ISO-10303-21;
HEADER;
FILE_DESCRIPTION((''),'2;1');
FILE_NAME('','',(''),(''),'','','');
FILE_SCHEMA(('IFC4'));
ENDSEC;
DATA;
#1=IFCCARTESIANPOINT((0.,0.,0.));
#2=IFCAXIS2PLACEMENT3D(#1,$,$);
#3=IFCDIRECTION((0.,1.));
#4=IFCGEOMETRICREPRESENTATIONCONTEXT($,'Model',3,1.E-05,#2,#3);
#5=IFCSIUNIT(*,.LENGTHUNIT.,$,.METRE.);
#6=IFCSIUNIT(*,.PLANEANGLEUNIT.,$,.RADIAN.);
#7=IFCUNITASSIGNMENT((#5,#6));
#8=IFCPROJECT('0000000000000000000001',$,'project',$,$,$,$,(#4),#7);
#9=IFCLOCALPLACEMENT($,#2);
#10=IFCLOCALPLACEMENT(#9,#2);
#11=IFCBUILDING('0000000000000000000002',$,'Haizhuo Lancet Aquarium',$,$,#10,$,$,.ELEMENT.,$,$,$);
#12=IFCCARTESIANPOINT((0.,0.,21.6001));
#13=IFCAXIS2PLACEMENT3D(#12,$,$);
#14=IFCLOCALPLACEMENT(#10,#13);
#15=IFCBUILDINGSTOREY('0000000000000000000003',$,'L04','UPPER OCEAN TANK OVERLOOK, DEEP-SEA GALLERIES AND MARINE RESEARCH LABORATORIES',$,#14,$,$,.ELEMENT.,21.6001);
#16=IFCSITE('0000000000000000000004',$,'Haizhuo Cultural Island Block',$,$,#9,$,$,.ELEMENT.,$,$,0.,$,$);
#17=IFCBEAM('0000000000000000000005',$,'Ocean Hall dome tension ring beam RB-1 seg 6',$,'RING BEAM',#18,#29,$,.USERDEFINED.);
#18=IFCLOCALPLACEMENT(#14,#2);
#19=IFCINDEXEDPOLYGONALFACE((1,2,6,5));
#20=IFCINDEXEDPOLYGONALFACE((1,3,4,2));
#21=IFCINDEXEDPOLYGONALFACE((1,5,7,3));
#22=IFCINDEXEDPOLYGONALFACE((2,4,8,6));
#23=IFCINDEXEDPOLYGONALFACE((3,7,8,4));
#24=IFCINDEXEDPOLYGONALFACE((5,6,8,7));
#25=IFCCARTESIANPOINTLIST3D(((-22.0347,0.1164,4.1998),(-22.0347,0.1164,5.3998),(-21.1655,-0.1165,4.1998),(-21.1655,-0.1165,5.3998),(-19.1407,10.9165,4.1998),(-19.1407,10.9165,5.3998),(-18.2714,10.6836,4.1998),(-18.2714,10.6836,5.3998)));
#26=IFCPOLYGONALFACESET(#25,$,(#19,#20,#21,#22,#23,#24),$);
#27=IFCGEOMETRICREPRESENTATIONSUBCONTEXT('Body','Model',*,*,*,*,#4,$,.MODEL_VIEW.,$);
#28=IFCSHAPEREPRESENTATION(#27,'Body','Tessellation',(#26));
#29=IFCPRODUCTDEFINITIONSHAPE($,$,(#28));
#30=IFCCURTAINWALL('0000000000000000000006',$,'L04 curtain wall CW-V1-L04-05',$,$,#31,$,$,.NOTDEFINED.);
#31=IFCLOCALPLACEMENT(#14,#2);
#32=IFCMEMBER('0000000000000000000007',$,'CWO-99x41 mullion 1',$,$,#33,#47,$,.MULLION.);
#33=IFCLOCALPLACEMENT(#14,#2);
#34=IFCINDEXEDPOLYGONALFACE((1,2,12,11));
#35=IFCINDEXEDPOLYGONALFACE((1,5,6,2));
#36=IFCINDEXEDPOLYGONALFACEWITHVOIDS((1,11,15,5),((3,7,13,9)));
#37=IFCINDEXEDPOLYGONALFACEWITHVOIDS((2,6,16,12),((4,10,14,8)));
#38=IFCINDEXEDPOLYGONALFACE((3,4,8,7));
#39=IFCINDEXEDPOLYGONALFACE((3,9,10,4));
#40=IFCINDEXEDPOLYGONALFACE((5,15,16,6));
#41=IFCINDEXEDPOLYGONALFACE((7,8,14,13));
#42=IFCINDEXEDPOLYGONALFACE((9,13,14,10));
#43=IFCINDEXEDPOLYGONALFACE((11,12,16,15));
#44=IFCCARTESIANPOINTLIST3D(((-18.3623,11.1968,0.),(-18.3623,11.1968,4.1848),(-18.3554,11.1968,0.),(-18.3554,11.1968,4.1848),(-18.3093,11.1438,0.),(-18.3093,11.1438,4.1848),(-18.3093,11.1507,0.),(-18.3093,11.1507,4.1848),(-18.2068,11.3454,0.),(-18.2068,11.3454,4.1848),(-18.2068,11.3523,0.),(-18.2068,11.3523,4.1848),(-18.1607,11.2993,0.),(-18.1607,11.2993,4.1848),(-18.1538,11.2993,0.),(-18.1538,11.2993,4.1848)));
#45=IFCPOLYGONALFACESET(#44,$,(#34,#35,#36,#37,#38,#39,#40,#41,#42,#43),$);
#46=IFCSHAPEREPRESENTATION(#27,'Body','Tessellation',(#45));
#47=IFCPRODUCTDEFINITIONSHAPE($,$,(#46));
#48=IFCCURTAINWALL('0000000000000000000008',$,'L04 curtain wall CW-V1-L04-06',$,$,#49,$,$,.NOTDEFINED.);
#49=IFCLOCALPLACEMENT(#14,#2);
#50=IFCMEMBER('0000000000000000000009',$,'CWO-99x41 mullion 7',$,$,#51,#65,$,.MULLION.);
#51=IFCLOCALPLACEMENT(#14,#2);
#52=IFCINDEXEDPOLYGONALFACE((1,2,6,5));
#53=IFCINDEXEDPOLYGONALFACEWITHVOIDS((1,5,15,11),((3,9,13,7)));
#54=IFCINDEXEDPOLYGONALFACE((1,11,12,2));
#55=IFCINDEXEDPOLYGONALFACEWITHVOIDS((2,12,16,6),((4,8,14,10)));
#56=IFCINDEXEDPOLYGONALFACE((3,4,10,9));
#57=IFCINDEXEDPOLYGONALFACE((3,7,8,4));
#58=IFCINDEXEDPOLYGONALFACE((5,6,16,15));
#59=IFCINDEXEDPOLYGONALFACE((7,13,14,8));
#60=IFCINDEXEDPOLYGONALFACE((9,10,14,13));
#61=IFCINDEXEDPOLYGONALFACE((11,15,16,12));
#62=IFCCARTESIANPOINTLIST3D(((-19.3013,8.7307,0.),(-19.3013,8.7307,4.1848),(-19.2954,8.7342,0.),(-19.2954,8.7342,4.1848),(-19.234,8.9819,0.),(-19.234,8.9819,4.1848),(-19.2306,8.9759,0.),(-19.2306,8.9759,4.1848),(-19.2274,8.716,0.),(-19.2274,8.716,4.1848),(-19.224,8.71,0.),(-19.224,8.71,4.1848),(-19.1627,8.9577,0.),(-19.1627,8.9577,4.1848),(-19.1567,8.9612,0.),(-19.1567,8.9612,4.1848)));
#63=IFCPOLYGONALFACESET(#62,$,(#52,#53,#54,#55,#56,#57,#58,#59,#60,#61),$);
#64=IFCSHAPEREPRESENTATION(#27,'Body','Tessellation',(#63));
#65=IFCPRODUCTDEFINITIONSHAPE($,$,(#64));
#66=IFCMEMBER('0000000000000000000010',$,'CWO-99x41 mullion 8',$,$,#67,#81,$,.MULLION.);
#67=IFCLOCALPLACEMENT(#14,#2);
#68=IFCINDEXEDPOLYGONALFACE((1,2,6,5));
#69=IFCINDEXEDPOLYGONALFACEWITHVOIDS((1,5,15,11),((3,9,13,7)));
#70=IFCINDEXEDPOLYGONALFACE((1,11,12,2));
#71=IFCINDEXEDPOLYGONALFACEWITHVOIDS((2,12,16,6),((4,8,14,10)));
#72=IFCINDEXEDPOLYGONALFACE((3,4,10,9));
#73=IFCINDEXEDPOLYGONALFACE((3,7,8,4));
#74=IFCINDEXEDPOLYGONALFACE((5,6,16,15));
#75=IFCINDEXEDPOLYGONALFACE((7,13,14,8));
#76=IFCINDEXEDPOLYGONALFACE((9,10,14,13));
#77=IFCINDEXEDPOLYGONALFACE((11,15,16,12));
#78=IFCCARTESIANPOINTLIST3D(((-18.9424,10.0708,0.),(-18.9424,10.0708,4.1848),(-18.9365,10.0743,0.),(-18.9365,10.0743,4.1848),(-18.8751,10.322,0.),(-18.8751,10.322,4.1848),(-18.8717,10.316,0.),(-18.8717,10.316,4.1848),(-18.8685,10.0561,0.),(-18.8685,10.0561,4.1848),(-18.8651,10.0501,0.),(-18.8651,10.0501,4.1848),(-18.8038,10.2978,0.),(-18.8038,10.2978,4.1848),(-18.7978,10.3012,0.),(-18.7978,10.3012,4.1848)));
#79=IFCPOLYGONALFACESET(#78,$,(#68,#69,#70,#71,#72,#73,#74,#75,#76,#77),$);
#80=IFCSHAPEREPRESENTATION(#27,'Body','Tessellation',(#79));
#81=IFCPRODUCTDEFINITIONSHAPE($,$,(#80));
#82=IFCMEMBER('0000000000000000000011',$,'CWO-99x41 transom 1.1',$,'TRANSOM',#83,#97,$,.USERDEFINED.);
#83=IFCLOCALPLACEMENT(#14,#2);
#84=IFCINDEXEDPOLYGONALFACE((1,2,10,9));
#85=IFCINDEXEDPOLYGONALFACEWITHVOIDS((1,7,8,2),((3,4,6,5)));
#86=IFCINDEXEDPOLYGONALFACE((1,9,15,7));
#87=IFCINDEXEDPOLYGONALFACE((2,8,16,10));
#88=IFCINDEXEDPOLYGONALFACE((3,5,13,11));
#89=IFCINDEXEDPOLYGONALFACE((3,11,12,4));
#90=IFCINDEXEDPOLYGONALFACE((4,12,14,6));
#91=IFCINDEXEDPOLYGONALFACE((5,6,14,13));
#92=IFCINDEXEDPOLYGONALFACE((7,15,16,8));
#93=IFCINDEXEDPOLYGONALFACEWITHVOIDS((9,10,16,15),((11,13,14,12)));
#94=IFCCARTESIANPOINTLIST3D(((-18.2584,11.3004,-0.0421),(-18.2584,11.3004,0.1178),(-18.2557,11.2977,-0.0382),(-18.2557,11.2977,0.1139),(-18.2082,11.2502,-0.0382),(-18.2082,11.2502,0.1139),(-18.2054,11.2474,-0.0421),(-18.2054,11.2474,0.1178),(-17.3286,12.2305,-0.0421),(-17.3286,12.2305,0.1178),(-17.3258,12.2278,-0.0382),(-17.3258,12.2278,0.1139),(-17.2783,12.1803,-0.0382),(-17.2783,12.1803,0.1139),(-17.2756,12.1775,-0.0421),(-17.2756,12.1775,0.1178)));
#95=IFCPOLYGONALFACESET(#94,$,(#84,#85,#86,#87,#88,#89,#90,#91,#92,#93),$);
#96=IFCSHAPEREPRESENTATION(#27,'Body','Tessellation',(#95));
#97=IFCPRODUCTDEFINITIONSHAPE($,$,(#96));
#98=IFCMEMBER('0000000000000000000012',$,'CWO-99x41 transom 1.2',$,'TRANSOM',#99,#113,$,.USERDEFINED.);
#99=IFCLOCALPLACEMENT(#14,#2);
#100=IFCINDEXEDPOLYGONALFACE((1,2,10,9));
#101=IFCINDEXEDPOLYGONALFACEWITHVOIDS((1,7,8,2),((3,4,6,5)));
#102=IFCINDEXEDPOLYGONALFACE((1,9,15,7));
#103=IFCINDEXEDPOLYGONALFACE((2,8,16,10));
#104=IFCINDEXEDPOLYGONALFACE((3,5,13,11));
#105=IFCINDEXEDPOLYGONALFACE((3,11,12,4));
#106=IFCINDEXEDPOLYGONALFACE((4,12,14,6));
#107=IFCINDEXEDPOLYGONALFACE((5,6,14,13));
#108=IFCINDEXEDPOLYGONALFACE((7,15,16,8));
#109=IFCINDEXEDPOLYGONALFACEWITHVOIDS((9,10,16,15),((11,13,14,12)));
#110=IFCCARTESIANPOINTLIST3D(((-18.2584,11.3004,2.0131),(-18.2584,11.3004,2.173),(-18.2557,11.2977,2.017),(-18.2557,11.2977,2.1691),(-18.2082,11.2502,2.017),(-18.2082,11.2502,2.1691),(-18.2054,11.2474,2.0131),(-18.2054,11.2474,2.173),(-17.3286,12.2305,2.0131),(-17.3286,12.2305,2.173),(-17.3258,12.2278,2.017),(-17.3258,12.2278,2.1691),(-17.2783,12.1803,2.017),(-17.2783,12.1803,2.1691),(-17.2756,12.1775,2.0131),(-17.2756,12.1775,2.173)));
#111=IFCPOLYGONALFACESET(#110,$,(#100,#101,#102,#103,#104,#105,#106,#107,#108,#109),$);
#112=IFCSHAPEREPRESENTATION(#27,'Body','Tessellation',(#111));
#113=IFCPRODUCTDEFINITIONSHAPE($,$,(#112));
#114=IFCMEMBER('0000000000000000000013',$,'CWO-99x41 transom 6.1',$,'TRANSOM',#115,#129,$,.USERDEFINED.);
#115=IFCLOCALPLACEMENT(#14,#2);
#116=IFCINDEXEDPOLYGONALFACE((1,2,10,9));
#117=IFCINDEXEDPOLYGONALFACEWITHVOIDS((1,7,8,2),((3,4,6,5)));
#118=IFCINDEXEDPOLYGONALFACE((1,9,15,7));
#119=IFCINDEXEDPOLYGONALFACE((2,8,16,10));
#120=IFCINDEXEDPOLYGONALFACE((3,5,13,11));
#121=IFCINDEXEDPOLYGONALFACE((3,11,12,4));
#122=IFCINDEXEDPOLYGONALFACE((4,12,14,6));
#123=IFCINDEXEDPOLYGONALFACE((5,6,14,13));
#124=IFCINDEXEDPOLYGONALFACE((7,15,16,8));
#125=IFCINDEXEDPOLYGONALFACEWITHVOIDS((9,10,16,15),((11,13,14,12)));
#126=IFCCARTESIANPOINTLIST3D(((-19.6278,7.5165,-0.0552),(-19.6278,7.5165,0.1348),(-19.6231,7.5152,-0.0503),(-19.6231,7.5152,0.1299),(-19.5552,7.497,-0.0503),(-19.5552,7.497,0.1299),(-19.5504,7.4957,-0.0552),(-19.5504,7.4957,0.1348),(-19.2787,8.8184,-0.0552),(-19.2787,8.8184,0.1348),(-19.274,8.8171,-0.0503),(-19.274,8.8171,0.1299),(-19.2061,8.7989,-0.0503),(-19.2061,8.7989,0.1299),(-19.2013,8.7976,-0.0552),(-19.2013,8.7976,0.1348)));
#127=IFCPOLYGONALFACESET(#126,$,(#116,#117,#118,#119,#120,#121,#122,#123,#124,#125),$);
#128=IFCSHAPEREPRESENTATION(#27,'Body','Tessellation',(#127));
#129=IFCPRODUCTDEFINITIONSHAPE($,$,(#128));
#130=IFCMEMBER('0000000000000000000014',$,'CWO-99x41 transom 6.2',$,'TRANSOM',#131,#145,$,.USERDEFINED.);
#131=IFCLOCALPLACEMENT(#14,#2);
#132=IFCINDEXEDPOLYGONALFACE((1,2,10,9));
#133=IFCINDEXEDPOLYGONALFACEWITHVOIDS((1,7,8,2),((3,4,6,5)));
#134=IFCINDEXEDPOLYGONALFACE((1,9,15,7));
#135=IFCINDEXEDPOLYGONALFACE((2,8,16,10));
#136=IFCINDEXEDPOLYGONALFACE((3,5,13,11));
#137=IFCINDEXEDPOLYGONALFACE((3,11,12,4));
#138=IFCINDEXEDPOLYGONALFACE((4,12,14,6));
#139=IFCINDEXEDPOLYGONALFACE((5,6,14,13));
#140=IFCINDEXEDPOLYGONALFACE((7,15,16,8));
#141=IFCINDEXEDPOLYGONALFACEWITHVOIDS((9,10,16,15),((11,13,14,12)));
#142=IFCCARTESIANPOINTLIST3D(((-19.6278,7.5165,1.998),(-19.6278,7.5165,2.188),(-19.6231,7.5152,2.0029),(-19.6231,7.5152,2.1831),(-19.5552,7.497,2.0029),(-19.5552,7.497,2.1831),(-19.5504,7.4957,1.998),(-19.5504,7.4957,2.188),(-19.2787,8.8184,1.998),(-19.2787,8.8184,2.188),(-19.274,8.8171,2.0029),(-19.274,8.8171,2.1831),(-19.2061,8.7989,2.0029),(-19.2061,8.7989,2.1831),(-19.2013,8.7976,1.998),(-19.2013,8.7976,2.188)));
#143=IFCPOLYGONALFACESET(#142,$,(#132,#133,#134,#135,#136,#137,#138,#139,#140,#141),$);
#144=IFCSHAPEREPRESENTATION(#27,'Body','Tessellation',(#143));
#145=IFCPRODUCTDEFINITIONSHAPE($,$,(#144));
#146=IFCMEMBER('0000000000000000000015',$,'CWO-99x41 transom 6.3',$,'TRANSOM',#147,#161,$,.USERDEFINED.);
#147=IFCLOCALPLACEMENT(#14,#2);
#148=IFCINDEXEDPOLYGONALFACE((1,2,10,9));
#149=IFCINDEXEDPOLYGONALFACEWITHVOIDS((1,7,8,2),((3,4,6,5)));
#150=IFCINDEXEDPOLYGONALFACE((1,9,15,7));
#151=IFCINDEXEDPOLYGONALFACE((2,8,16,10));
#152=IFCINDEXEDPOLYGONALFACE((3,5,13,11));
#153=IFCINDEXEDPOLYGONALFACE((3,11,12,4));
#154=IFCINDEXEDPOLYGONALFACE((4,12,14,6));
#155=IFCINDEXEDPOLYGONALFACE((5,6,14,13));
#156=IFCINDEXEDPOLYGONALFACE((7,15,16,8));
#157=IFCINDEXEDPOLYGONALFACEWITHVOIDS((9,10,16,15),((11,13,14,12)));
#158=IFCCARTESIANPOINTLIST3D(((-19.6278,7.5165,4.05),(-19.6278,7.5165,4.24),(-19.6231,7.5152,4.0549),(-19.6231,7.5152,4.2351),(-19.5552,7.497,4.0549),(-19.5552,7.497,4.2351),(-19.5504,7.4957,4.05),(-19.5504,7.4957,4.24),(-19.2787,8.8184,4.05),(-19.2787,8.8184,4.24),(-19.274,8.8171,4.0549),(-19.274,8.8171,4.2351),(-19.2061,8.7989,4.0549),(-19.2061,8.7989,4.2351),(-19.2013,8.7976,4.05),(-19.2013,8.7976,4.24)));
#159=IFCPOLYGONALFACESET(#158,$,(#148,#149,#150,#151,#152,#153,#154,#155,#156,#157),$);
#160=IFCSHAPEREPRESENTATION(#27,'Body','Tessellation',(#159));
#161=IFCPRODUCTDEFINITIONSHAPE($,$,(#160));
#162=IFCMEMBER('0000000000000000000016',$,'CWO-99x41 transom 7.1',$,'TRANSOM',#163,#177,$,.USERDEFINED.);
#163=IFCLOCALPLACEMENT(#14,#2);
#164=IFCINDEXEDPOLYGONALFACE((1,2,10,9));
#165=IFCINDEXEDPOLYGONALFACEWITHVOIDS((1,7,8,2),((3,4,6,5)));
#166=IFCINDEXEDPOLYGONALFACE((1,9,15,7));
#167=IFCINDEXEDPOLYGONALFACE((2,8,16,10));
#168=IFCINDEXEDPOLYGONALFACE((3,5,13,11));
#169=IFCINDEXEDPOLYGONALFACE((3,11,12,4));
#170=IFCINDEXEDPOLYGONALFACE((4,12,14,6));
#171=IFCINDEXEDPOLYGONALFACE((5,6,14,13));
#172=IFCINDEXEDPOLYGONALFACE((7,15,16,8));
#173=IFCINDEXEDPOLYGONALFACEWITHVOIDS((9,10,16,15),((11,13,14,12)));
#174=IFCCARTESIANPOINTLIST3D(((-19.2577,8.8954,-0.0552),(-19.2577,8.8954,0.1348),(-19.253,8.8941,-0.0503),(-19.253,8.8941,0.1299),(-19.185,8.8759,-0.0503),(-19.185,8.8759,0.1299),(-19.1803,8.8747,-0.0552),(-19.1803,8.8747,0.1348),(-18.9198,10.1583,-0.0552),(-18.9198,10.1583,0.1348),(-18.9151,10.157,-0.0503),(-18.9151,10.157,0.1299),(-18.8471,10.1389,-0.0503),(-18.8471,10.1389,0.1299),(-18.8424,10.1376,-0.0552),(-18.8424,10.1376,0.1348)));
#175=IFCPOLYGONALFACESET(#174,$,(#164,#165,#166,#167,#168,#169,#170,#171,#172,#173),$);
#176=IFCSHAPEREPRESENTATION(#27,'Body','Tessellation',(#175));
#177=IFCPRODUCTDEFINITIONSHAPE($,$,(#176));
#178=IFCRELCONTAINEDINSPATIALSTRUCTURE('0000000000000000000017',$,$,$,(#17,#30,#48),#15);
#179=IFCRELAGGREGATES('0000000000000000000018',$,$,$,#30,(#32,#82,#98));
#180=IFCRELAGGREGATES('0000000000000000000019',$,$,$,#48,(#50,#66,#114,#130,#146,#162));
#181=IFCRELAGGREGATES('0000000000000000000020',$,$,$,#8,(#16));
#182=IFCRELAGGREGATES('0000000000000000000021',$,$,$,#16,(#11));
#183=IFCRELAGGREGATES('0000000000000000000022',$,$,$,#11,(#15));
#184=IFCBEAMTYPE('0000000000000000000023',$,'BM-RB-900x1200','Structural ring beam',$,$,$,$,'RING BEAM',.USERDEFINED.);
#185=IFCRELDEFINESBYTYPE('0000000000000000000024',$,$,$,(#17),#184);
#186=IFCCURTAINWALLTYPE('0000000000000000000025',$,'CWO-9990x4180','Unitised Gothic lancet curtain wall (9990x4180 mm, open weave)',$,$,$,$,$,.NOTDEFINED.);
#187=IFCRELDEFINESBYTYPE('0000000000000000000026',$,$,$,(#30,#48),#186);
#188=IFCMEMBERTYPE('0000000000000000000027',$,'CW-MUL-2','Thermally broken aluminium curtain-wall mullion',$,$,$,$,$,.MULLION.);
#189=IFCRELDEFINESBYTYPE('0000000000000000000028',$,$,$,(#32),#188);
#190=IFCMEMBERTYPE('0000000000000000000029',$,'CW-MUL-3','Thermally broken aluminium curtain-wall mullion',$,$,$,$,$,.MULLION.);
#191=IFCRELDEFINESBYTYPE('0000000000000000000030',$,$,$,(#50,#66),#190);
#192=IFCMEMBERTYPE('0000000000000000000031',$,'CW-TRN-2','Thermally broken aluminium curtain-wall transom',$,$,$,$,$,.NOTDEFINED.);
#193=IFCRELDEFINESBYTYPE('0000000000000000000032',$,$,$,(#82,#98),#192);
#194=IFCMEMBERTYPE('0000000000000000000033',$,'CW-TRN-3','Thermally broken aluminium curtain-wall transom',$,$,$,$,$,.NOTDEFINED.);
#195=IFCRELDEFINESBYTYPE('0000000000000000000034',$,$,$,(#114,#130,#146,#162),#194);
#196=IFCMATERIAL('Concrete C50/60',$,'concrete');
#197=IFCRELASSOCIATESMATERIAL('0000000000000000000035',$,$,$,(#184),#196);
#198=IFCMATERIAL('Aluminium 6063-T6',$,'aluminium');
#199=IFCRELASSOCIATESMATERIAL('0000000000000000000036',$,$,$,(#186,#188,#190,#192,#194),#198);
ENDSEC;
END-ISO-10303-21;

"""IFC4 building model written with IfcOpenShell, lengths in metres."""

from ifc_helpers import new_model, si_unit, direction, frame, origin, origin_2d, place, context, subcontext, project, spatial, rectangle, hollow_rectangle, extrude, material, material_profile, profile_set, type_object, element, aggregate, save


model = new_model("IFC4")

# Units and contexts
model_context = context("Model", 3, precision=1e-05, world=origin(), true_north=direction((0.0, 1.0)))
body_context = subcontext(model_context, "Body", "Model", "MODEL_VIEW")
ifc_project = project(units=[si_unit("LENGTHUNIT", "METRE"), si_unit("PLANEANGLEUNIT", "RADIAN")], contexts=[model_context])

# Site, building, storey
site_placement = place(None, origin())
site = spatial("IfcSite", under=ifc_project, at=site_placement, Name="Haizhuo Cultural Island Block", CompositionType="ELEMENT", RefElevation=0.0)
building_placement = place(site_placement, origin())
building = spatial("IfcBuilding", under=site, at=building_placement, Name="Haizhuo Lancet Aquarium", CompositionType="ELEMENT")
storey_placement = place(building_placement, frame((0.0, 0.0, 21.6001)))
storey = spatial("IfcBuildingStorey", under=building, at=storey_placement, Name="L04", Description="UPPER OCEAN TANK OVERLOOK, DEEP-SEA GALLERIES AND MARINE RESEARCH LABORATORIES", CompositionType="ELEMENT", Elevation=21.6001)

# Shared definitions
ifc_material_1 = material(Name="Concrete C50/60", Category="concrete")

# Beam
ifc_material_profile_1 = material_profile(ifc_material_1, rectangle(XDim=0.8999, YDim=1.2, at=origin_2d()), Name="RC-RB 900x1200")
ifc_profile_set_1 = profile_set([ifc_material_profile_1], Name="Concrete C50/60")
beam_type = type_object("IfcBeamType", Name="BM-RB-900x1200", Description="Structural ring beam", ElementType="RING BEAM", PredefinedType="USERDEFINED", material=ifc_profile_set_1)
beam_placement = place(storey_placement, frame((-18.7061, 10.8, 4.7998), z_axis=(-0.258834, -0.965922, 0.0), x_axis=(0.965922, -0.258834, 0.0)))
element("IfcBeam", 1, at=beam_placement, inside=storey, type_object=beam_type, Name="Ocean Hall dome tension ring beam RB-1 seg 6", ObjectType="RING BEAM", PredefinedType="USERDEFINED", context=body_context, shape_type="SweptSolid", body=[
    extrude(rectangle(XDim=0.8999, YDim=1.2, at=origin_2d()), origin(), (0.0, 0.0, 1.0), 11.1812),
])

# Curtain wall, member
ifc_material_2 = material(Name="Aluminium 6063-T6", Category="aluminium")
curtain_wall_type = type_object("IfcCurtainWallType", Name="CWO-9990x4180", Description="Unitised Gothic lancet curtain wall (9990x4180 mm, open weave)", PredefinedType="NOTDEFINED", material=ifc_material_2)
curtain_wall_1_placement = place(storey_placement, origin())
curtain_wall_1 = element("IfcCurtainWall", 2, at=curtain_wall_1_placement, inside=storey, type_object=curtain_wall_type, Name="L04 curtain wall CW-V1-L04-05", PredefinedType="NOTDEFINED")
ifc_material_profile_2 = material_profile(ifc_material_2, hollow_rectangle(XDim=0.075, YDim=0.22, WallThickness=0.0049, at=origin_2d()), Name="ALU-M 75x220x5")
ifc_profile_set_2 = profile_set([ifc_material_profile_2], Name="Aluminium 6063-T6")
member_type_1 = type_object("IfcMemberType", Name="CW-MUL-2", Description="Thermally broken aluminium curtain-wall mullion", PredefinedType="MULLION", material=ifc_profile_set_2)
member_1_placement = place(storey_placement, frame((-18.2581, 11.248, 0.0), z_axis=(0.0, 0.0, 1.0), x_axis=(-0.707107, 0.707107, 0.0)))
member_1 = element("IfcMember", 3, at=member_1_placement, type_object=member_type_1, Name="CWO-99x41 mullion 1", PredefinedType="MULLION", context=body_context, shape_type="SweptSolid", body=[
    extrude(hollow_rectangle(XDim=0.075, YDim=0.22, WallThickness=0.0049, at=origin_2d()), origin(), (0.0, 0.0, 1.0), 4.1848),
])

# Curtain wall, members
curtain_wall_2_placement = place(storey_placement, origin())
curtain_wall_2 = element("IfcCurtainWall", 4, at=curtain_wall_2_placement, inside=storey, type_object=curtain_wall_type, Name="L04 curtain wall CW-V1-L04-06", PredefinedType="NOTDEFINED")
ifc_material_profile_3 = material_profile(ifc_material_2, hollow_rectangle(XDim=0.0801, YDim=0.26, WallThickness=0.0049, at=origin_2d()), Name="ALU-M 80x260x5")
ifc_profile_set_3 = profile_set([ifc_material_profile_3], Name="Aluminium 6063-T6")
member_type_2 = type_object("IfcMemberType", Name="CW-MUL-3", Description="Thermally broken aluminium curtain-wall mullion", PredefinedType="MULLION", material=ifc_profile_set_3)
member_2_placement = place(storey_placement, frame((-19.229, 8.8459, 0.0), z_axis=(0.0, 0.0, 1.0), x_axis=(-0.965917, 0.258853, 0.0)))
member_2 = element("IfcMember", 5, at=member_2_placement, type_object=member_type_2, Name="CWO-99x41 mullion 7", PredefinedType="MULLION", context=body_context, shape_type="SweptSolid", body=[
    extrude(hollow_rectangle(XDim=0.0801, YDim=0.26, WallThickness=0.0049, at=origin_2d()), origin(), (0.0, 0.0, 1.0), 4.1848),
])
member_3_placement = place(storey_placement, frame((-18.8701, 10.186, 0.0), z_axis=(0.0, 0.0, 1.0), x_axis=(-0.965917, 0.258853, 0.0)))
member_3 = element("IfcMember", 6, at=member_3_placement, type_object=member_type_2, Name="CWO-99x41 mullion 8", PredefinedType="MULLION", context=body_context, shape_type="SweptSolid", body=[
    extrude(hollow_rectangle(XDim=0.0801, YDim=0.26, WallThickness=0.0049, at=origin_2d()), origin(), (0.0, 0.0, 1.0), 4.1848),
])

# Members
ifc_material_profile_4 = material_profile(ifc_material_2, hollow_rectangle(XDim=0.075, YDim=0.1599, WallThickness=0.0039, at=origin_2d()), Name="ALU-T 75x160x4")
ifc_profile_set_4 = profile_set([ifc_material_profile_4], Name="Aluminium 6063-T6")
member_type_3 = type_object("IfcMemberType", Name="CW-TRN-2", Description="Thermally broken aluminium curtain-wall transom", PredefinedType="NOTDEFINED", material=ifc_profile_set_4)
member_4_placement = place(storey_placement, frame((-18.2319, 11.2739, 0.0378), z_axis=(0.707014, 0.7072, 0.0), x_axis=(-0.7072, 0.707014, 0.0)))
member_4 = element("IfcMember", 7, at=member_4_placement, type_object=member_type_3, Name="CWO-99x41 transom 1.1", ObjectType="TRANSOM", PredefinedType="USERDEFINED", context=body_context, shape_type="SweptSolid", body=[
    extrude(hollow_rectangle(XDim=0.075, YDim=0.1599, WallThickness=0.0039, at=origin_2d()), origin(), (0.0, 0.0, 1.0), 1.3152),
])
member_5_placement = place(storey_placement, frame((-18.2319, 11.2739, 2.093), z_axis=(0.707014, 0.7072, 0.0), x_axis=(-0.7072, 0.707014, 0.0)))
member_5 = element("IfcMember", 8, at=member_5_placement, type_object=member_type_3, Name="CWO-99x41 transom 1.2", ObjectType="TRANSOM", PredefinedType="USERDEFINED", context=body_context, shape_type="SweptSolid", body=[
    extrude(hollow_rectangle(XDim=0.075, YDim=0.1599, WallThickness=0.0039, at=origin_2d()), origin(), (0.0, 0.0, 1.0), 1.3152),
])
aggregate(curtain_wall_1, [member_1, member_4, member_5])
ifc_material_profile_5 = material_profile(ifc_material_2, hollow_rectangle(XDim=0.0801, YDim=0.1899, WallThickness=0.0049, at=origin_2d()), Name="ALU-T 80x190x5")
ifc_profile_set_5 = profile_set([ifc_material_profile_5], Name="Aluminium 6063-T6")
member_type_4 = type_object("IfcMemberType", Name="CW-TRN-3", Description="Thermally broken aluminium curtain-wall transom", PredefinedType="NOTDEFINED", material=ifc_profile_set_5)
member_6_placement = place(storey_placement, frame((-19.5891, 7.5061, 0.0398), z_axis=(0.258993, 0.965879, 0.0), x_axis=(-0.965879, 0.258993, 0.0)))
member_6 = element("IfcMember", 9, at=member_6_placement, type_object=member_type_4, Name="CWO-99x41 transom 6.1", ObjectType="TRANSOM", PredefinedType="USERDEFINED", context=body_context, shape_type="SweptSolid", body=[
    extrude(hollow_rectangle(XDim=0.0801, YDim=0.1899, WallThickness=0.0049, at=origin_2d()), origin(), (0.0, 0.0, 1.0), 1.3479),
])
member_7_placement = place(storey_placement, frame((-19.5891, 7.5061, 2.093), z_axis=(0.258993, 0.965879, 0.0), x_axis=(-0.965879, 0.258993, 0.0)))
member_7 = element("IfcMember", 10, at=member_7_placement, type_object=member_type_4, Name="CWO-99x41 transom 6.2", ObjectType="TRANSOM", PredefinedType="USERDEFINED", context=body_context, shape_type="SweptSolid", body=[
    extrude(hollow_rectangle(XDim=0.0801, YDim=0.1899, WallThickness=0.0049, at=origin_2d()), origin(), (0.0, 0.0, 1.0), 1.3479),
])
member_8_placement = place(storey_placement, frame((-19.5891, 7.5061, 4.145), z_axis=(0.258993, 0.965879, 0.0), x_axis=(-0.965879, 0.258993, 0.0)))
member_8 = element("IfcMember", 11, at=member_8_placement, type_object=member_type_4, Name="CWO-99x41 transom 6.3", ObjectType="TRANSOM", PredefinedType="USERDEFINED", context=body_context, shape_type="SweptSolid", body=[
    extrude(hollow_rectangle(XDim=0.0801, YDim=0.1899, WallThickness=0.0049, at=origin_2d()), origin(), (0.0, 0.0, 1.0), 1.3479),
])
member_9_placement = place(storey_placement, frame((-19.219, 8.885, 0.0398), z_axis=(0.258453, 0.966024, 0.0), x_axis=(-0.966024, 0.258453, 0.0)))
member_9 = element("IfcMember", 12, at=member_9_placement, type_object=member_type_4, Name="CWO-99x41 transom 7.1", ObjectType="TRANSOM", PredefinedType="USERDEFINED", context=body_context, shape_type="SweptSolid", body=[
    extrude(hollow_rectangle(XDim=0.0801, YDim=0.1899, WallThickness=0.0049, at=origin_2d()), origin(), (0.0, 0.0, 1.0), 1.3074),
])

aggregate(curtain_wall_2, [member_2, member_3, member_6, member_7, member_8, member_9])

save(model, "model.ifc")
